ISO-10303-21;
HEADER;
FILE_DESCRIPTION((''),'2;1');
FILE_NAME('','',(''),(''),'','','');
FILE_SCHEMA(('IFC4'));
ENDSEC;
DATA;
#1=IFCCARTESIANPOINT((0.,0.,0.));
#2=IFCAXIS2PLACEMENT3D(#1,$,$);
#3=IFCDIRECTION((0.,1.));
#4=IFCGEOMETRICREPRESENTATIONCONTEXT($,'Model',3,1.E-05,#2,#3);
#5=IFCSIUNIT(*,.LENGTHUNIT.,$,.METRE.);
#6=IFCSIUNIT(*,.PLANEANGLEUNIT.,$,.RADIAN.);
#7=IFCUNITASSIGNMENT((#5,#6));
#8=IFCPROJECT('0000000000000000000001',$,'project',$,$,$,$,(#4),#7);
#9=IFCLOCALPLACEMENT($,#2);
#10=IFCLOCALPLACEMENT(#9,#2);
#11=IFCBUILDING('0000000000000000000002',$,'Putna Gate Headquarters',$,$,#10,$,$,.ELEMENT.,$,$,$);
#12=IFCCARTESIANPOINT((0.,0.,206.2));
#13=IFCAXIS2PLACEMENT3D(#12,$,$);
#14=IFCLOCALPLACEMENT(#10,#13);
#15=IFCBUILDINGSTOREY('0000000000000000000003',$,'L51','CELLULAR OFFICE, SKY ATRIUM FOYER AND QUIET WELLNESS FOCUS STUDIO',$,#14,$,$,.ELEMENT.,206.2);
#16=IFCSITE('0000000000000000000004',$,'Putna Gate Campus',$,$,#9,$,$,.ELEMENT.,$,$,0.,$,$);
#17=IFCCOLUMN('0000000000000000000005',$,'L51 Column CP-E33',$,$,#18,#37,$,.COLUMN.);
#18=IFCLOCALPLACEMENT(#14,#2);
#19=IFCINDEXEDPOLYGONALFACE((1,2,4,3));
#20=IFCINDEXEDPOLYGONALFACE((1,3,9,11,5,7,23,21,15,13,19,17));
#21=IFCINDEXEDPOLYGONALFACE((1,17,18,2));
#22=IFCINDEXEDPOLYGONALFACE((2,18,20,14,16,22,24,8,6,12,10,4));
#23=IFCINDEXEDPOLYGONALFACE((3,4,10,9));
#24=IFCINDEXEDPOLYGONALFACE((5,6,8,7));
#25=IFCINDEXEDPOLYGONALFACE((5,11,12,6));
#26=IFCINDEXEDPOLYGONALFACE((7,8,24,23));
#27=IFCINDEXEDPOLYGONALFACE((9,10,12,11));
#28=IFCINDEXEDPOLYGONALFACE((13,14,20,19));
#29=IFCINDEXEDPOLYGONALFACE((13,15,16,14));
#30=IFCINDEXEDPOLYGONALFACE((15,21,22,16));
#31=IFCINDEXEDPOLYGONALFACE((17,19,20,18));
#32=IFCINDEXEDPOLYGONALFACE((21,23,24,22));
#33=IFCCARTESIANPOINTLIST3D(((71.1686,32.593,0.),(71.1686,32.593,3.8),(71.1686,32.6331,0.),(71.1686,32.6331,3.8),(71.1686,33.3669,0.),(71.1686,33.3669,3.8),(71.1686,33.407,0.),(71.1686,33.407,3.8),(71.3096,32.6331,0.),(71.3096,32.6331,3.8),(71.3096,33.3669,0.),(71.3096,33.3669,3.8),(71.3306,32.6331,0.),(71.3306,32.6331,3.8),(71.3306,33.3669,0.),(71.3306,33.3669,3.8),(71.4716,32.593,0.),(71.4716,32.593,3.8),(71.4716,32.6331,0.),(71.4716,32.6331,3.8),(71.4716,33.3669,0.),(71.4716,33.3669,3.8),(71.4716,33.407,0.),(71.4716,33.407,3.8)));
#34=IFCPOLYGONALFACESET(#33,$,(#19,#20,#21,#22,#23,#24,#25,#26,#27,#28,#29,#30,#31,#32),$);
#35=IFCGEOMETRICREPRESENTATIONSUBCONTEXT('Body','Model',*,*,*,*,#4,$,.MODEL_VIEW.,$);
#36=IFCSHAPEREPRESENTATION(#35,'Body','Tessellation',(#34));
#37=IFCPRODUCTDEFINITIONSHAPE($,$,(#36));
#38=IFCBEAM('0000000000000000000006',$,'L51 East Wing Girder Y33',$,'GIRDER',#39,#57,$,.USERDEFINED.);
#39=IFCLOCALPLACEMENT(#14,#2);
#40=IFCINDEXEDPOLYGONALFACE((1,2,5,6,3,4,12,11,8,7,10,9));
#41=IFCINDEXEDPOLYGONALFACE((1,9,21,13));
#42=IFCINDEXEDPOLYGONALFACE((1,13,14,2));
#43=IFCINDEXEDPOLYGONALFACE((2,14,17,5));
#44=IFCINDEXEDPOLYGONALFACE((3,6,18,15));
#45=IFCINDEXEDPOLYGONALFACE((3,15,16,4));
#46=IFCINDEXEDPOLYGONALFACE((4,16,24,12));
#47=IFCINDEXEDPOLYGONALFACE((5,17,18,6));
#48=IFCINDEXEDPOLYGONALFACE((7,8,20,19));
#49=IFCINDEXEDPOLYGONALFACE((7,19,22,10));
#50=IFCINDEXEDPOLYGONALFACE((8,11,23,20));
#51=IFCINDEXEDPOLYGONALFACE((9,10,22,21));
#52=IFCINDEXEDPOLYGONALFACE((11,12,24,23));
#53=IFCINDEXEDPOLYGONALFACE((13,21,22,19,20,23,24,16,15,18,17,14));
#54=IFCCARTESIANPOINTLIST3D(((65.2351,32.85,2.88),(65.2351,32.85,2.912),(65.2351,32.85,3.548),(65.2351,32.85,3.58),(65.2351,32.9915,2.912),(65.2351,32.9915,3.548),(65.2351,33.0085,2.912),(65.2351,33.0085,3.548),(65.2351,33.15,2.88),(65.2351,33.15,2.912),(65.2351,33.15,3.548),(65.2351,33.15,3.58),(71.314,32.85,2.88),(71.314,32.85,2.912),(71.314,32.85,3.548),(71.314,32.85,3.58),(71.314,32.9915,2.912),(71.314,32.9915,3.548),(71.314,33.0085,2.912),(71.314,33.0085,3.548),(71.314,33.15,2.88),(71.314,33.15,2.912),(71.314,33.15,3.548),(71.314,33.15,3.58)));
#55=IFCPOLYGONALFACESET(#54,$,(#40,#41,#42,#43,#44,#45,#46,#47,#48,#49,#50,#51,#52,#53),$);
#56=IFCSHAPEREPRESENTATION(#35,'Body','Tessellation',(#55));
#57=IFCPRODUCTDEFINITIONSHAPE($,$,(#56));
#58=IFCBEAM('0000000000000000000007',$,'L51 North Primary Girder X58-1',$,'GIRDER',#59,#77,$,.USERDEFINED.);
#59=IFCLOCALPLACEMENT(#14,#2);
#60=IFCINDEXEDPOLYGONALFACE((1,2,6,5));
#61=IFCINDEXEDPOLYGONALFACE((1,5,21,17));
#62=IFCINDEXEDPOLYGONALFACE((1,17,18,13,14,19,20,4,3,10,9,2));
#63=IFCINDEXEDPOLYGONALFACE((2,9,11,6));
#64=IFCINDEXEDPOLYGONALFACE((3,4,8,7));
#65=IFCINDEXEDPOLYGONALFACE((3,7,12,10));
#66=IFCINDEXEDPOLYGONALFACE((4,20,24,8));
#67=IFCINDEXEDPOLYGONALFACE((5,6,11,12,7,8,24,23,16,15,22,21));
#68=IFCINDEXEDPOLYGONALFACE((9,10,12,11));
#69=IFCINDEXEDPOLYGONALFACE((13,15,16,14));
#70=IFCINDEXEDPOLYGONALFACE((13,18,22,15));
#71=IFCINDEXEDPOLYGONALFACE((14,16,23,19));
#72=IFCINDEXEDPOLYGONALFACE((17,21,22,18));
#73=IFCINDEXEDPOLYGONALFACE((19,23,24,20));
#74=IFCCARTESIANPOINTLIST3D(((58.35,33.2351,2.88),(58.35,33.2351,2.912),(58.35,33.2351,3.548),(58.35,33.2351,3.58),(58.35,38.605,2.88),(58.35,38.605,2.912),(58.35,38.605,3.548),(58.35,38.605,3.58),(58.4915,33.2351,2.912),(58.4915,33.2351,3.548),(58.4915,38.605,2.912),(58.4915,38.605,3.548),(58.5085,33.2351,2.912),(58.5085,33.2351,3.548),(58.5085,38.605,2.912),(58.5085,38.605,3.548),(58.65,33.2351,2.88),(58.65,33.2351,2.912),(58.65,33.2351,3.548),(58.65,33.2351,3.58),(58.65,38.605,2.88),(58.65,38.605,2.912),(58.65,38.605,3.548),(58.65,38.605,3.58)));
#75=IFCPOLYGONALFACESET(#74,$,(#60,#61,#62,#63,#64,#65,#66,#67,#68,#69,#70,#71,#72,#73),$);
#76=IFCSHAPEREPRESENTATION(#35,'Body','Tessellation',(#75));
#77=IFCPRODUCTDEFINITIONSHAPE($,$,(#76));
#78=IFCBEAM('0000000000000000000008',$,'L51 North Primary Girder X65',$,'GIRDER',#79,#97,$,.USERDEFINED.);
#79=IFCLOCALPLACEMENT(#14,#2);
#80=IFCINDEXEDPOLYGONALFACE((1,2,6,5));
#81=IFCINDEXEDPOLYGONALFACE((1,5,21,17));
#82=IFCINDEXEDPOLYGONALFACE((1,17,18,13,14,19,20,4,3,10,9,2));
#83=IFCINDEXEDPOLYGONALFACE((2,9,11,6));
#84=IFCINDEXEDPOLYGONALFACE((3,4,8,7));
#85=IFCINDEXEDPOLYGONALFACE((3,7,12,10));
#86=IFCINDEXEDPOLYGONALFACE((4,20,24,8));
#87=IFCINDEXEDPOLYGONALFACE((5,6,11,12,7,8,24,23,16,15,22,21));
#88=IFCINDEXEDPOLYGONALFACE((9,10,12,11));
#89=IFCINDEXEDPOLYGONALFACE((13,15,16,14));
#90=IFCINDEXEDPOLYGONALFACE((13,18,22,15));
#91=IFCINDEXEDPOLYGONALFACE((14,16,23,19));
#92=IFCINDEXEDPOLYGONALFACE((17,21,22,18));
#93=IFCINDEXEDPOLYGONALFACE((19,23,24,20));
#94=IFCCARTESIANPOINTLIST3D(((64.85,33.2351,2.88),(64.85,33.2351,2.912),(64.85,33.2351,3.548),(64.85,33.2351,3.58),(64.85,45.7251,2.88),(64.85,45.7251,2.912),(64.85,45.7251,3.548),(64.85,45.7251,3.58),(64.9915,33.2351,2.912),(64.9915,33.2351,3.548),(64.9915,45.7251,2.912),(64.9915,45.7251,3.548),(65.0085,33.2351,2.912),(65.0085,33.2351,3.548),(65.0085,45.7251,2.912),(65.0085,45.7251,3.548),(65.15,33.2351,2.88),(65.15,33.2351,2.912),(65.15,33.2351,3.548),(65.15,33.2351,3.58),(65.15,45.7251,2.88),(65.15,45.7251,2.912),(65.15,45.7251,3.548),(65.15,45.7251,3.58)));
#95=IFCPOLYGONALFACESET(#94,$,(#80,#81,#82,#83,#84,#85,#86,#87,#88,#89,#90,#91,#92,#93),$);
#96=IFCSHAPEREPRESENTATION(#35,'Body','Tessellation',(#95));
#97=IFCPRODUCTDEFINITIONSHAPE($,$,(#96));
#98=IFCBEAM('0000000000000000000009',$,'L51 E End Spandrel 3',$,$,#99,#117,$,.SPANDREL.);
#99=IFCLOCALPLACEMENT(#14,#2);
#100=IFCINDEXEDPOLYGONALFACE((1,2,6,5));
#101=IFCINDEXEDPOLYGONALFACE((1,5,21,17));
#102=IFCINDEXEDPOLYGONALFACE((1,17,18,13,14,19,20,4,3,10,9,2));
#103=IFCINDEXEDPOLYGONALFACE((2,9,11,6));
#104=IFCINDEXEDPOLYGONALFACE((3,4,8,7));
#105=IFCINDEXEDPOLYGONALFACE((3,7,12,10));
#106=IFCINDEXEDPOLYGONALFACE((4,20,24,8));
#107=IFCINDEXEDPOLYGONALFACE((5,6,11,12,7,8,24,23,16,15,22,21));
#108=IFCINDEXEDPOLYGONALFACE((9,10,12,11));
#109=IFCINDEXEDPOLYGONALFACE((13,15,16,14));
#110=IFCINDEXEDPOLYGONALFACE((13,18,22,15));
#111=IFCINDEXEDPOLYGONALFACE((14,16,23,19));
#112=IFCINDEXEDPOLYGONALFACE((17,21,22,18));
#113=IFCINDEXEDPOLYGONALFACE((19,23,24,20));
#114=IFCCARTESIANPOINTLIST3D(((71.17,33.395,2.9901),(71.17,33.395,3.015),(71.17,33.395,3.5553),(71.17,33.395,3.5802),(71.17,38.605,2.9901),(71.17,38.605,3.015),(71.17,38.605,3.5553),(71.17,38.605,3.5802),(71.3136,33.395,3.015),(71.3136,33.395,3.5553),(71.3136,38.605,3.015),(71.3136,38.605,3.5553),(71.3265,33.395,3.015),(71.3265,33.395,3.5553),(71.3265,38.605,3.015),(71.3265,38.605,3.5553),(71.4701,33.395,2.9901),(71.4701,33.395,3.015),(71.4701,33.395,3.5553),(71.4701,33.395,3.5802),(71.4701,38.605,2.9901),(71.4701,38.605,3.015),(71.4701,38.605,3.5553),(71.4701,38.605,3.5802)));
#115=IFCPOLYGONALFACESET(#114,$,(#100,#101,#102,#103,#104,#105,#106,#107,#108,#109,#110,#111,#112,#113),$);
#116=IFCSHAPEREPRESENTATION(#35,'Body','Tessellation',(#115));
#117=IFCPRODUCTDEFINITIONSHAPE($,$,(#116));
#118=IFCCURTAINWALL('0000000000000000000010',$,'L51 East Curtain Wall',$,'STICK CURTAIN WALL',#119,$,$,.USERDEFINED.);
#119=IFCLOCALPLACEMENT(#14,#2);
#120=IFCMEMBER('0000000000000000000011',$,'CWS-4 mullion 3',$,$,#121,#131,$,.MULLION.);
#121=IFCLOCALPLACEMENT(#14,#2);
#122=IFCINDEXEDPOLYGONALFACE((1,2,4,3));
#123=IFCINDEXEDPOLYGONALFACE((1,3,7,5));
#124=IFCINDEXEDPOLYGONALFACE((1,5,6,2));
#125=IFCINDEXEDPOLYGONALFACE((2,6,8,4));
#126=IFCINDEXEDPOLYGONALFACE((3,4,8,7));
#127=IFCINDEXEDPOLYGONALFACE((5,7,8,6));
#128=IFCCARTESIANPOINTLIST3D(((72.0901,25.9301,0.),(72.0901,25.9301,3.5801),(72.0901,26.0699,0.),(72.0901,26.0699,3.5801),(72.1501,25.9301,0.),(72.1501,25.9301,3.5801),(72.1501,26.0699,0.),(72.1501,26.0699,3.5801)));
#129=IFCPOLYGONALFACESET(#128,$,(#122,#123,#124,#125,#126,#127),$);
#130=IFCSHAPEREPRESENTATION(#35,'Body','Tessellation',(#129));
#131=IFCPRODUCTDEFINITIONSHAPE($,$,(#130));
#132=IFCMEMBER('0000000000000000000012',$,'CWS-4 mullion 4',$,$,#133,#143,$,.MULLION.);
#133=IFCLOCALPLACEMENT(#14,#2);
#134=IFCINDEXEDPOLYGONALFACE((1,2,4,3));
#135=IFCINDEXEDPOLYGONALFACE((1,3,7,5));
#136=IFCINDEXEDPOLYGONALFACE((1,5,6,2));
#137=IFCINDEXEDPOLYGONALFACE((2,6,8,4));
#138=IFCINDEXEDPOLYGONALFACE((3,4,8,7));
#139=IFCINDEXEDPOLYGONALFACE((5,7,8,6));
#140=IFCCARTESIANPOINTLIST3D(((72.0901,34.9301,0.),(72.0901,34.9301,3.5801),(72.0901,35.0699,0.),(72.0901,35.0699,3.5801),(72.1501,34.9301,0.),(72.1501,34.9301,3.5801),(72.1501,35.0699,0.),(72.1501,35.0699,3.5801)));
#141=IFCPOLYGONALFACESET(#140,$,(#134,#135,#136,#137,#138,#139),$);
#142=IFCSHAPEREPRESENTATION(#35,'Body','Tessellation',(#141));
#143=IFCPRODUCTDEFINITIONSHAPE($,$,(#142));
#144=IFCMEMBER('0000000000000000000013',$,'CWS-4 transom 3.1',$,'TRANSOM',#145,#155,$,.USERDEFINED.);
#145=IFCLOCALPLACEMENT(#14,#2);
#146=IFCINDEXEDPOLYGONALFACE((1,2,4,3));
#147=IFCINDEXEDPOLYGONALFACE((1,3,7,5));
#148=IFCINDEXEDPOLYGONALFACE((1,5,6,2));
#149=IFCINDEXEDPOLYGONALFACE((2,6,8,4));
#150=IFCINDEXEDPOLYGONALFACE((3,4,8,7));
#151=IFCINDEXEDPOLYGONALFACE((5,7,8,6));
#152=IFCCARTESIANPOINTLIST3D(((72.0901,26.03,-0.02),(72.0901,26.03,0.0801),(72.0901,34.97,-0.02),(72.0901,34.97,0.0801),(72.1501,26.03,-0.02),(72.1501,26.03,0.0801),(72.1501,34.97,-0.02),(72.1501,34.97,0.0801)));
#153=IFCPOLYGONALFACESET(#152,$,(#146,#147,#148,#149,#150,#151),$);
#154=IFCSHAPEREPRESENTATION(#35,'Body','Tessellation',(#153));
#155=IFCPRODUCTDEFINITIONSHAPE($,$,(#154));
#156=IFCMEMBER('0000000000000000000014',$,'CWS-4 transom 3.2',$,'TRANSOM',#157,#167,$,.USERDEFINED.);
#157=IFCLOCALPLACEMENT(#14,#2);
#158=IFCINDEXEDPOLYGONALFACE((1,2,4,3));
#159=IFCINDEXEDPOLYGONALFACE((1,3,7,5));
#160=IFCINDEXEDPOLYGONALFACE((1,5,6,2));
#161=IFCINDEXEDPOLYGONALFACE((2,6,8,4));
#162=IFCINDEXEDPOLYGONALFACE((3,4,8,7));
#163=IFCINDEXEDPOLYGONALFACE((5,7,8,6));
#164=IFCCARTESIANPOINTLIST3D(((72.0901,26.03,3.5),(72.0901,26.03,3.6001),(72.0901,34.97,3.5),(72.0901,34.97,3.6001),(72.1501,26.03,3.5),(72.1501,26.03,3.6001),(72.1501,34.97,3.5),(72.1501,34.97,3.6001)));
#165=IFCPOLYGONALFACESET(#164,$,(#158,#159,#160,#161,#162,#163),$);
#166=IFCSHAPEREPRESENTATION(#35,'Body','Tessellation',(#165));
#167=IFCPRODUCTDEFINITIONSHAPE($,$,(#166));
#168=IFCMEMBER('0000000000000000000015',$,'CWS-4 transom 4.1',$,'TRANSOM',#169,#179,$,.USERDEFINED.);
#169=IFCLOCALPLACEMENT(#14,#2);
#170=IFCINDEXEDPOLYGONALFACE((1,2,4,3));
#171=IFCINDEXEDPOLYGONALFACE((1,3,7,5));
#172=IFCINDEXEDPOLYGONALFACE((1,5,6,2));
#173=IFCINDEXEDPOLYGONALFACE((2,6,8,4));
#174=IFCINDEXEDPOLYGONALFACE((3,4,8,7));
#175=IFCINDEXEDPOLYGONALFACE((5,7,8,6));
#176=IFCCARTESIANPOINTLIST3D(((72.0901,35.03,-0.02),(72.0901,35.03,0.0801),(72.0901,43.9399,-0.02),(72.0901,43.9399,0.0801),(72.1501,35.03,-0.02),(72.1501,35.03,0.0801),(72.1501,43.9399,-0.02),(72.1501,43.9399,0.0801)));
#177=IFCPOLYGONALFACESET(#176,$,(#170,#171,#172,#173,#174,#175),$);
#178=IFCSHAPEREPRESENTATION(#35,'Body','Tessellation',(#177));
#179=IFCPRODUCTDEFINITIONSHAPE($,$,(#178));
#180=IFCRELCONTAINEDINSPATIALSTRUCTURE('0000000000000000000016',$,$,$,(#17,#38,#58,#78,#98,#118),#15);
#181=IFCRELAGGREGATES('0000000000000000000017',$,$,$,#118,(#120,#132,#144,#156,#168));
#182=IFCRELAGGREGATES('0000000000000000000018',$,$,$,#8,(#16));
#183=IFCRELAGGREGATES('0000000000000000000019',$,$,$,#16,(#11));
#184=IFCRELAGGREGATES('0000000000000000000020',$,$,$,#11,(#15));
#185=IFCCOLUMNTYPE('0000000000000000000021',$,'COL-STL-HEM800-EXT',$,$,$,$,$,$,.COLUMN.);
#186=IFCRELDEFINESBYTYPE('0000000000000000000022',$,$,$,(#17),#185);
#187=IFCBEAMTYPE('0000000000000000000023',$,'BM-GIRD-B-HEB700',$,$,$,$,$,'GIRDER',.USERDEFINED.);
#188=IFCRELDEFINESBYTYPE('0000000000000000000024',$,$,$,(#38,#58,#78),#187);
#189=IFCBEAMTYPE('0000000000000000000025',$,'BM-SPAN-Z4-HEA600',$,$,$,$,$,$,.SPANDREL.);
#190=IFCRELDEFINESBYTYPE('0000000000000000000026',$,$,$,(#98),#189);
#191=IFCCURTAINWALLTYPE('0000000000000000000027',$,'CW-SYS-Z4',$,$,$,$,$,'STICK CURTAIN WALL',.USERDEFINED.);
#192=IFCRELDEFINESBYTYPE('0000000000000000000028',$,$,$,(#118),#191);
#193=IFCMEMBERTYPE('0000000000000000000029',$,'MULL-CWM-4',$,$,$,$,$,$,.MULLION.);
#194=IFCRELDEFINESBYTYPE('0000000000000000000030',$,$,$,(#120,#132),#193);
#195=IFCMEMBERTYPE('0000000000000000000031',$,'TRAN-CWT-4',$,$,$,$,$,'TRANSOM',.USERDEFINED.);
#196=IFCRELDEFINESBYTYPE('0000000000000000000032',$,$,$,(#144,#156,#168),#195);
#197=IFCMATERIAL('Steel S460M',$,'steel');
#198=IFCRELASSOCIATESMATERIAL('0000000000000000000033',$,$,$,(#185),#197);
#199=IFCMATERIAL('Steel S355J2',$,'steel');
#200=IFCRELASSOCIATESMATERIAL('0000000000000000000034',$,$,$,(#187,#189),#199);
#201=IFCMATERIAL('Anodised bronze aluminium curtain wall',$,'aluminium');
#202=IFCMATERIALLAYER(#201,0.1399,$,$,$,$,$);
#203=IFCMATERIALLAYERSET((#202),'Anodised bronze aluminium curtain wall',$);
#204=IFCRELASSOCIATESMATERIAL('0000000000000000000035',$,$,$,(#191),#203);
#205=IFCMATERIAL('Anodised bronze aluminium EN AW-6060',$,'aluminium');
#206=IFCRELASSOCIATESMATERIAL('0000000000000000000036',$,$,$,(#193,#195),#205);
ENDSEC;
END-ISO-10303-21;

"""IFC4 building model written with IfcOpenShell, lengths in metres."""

from ifc_helpers import new_model, si_unit, direction, frame, origin, origin_2d, place, context, subcontext, project, spatial, rectangle, i_section, extrude, material, layer, layer_set, material_profile, profile_set, type_object, element, aggregate, save


model = new_model("IFC4")

# Units and contexts
model_context = context("Model", 3, precision=1e-05, world=origin(), true_north=direction((0.0, 1.0)))
body_context = subcontext(model_context, "Body", "Model", "MODEL_VIEW")
ifc_project = project(units=[si_unit("LENGTHUNIT", "METRE"), si_unit("PLANEANGLEUNIT", "RADIAN")], contexts=[model_context])

# Site, building, storey
site_placement = place(None, origin())
site = spatial("IfcSite", under=ifc_project, at=site_placement, Name="Putna Gate Campus", CompositionType="ELEMENT", RefElevation=0.0)
building_placement = place(site_placement, origin())
building = spatial("IfcBuilding", under=site, at=building_placement, Name="Putna Gate Headquarters", CompositionType="ELEMENT")
storey_placement = place(building_placement, frame((0.0, 0.0, 206.2)))
storey = spatial("IfcBuildingStorey", under=building, at=storey_placement, Name="L51", Description="CELLULAR OFFICE, SKY ATRIUM FOYER AND QUIET WELLNESS FOCUS STUDIO", CompositionType="ELEMENT", Elevation=206.2)

# Column
ifc_material_1 = material(Name="Steel S460M", Category="steel")
ifc_material_profile_1 = material_profile(ifc_material_1, i_section(OverallWidth=0.303, OverallDepth=0.814, WebThickness=0.021, FlangeThickness=0.04, at=origin_2d()), Name="Steel S460M")
ifc_profile_set_1 = profile_set([ifc_material_profile_1], Name="Steel S460M")
column_type = type_object("IfcColumnType", Name="COL-STL-HEM800-EXT", PredefinedType="COLUMN", material=ifc_profile_set_1)
column_placement = place(storey_placement, frame((71.3201, 33.0, 0.0), z_axis=(0.0, 0.0, 1.0), x_axis=(1.0, 0.0, 0.0)))
element("IfcColumn", 1, at=column_placement, inside=storey, type_object=column_type, Name="L51 Column CP-E33", PredefinedType="COLUMN", context=body_context, shape_type="SweptSolid", body=[
    extrude(i_section(OverallWidth=0.303, OverallDepth=0.814, WebThickness=0.021, FlangeThickness=0.04, at=origin_2d()), origin(), (0.0, 0.0, 1.0), 3.8),
])

# Beams
ifc_material_2 = material(Name="Steel S355J2", Category="steel")
ifc_material_profile_2 = material_profile(ifc_material_2, i_section(OverallWidth=0.3, OverallDepth=0.7, WebThickness=0.0171, FlangeThickness=0.032, at=origin_2d()), Name="Steel S355J2")
ifc_profile_set_2 = profile_set([ifc_material_profile_2], Name="Steel S355J2")
beam_type_1 = type_object("IfcBeamType", Name="BM-GIRD-B-HEB700", ElementType="GIRDER", PredefinedType="USERDEFINED", material=ifc_profile_set_2)
beam_1_placement = place(storey_placement, frame((65.2351, 33.0, 3.23), z_axis=(1.0, 0.0, 0.0), x_axis=(0.0, 1.0, 0.0)))
element("IfcBeam", 2, at=beam_1_placement, inside=storey, type_object=beam_type_1, Name="L51 East Wing Girder Y33", ObjectType="GIRDER", PredefinedType="USERDEFINED", context=body_context, shape_type="SweptSolid", body=[
    extrude(i_section(OverallWidth=0.3, OverallDepth=0.7, WebThickness=0.0171, FlangeThickness=0.032, at=origin_2d()), origin(), (0.0, 0.0, 1.0), 6.0789),
])
beam_2_placement = place(storey_placement, frame((58.5, 33.2351, 3.23), z_axis=(0.0, 1.0, 0.0), x_axis=(-1.0, 0.0, 0.0)))
element("IfcBeam", 3, at=beam_2_placement, inside=storey, type_object=beam_type_1, Name="L51 North Primary Girder X58-1", ObjectType="GIRDER", PredefinedType="USERDEFINED", context=body_context, shape_type="SweptSolid", body=[
    extrude(i_section(OverallWidth=0.3, OverallDepth=0.7, WebThickness=0.0171, FlangeThickness=0.032, at=origin_2d()), origin(), (0.0, 0.0, 1.0), 5.3699),
])
beam_3_placement = place(storey_placement, frame((65.0, 33.2351, 3.23), z_axis=(0.0, 1.0, 0.0), x_axis=(-1.0, 0.0, 0.0)))
element("IfcBeam", 4, at=beam_3_placement, inside=storey, type_object=beam_type_1, Name="L51 North Primary Girder X65", ObjectType="GIRDER", PredefinedType="USERDEFINED", context=body_context, shape_type="SweptSolid", body=[
    extrude(i_section(OverallWidth=0.3, OverallDepth=0.7, WebThickness=0.0171, FlangeThickness=0.032, at=origin_2d()), origin(), (0.0, 0.0, 1.0), 12.49),
])
ifc_material_profile_3 = material_profile(ifc_material_2, i_section(OverallWidth=0.3, OverallDepth=0.5901, WebThickness=0.0129, FlangeThickness=0.0249, at=origin_2d()), Name="Steel S355J2")
ifc_profile_set_3 = profile_set([ifc_material_profile_3], Name="Steel S355J2")
beam_type_2 = type_object("IfcBeamType", Name="BM-SPAN-Z4-HEA600", PredefinedType="SPANDREL", material=ifc_profile_set_3)
beam_4_placement = place(storey_placement, frame((71.3201, 33.395, 3.2852), z_axis=(0.0, 1.0, 0.0), x_axis=(-1.0, 0.0, 0.0)))
element("IfcBeam", 5, at=beam_4_placement, inside=storey, type_object=beam_type_2, Name="L51 E End Spandrel 3", PredefinedType="SPANDREL", context=body_context, shape_type="SweptSolid", body=[
    extrude(i_section(OverallWidth=0.3, OverallDepth=0.5901, WebThickness=0.0129, FlangeThickness=0.0249, at=origin_2d()), origin(), (0.0, 0.0, 1.0), 5.21),
])

# Curtain wall, members
ifc_material_3 = material(Name="Anodised bronze aluminium curtain wall", Category="aluminium")
ifc_layer_1 = layer(ifc_material_3, 0.1399)
ifc_layer_set_1 = layer_set([ifc_layer_1], Name="Anodised bronze aluminium curtain wall")
curtain_wall_type = type_object("IfcCurtainWallType", Name="CW-SYS-Z4", ElementType="STICK CURTAIN WALL", PredefinedType="USERDEFINED", material=ifc_layer_set_1)
curtain_wall_placement = place(storey_placement, origin())
curtain_wall = element("IfcCurtainWall", 6, at=curtain_wall_placement, inside=storey, type_object=curtain_wall_type, Name="L51 East Curtain Wall", ObjectType="STICK CURTAIN WALL", PredefinedType="USERDEFINED")
ifc_material_4 = material(Name="Anodised bronze aluminium EN AW-6060", Category="aluminium")
ifc_material_profile_4 = material_profile(ifc_material_4, rectangle(XDim=0.0601, YDim=0.1399, at=origin_2d()), Name="Anodised bronze aluminium EN AW-6060")
ifc_profile_set_4 = profile_set([ifc_material_profile_4], Name="Anodised bronze aluminium EN AW-6060")
member_type_1 = type_object("IfcMemberType", Name="MULL-CWM-4", PredefinedType="MULLION", material=ifc_profile_set_4)
member_1_placement = place(storey_placement, frame((72.1201, 26.0, 0.0), z_axis=(0.0, 0.0, 1.0), x_axis=(-1.0, 0.0, 0.0)))
member_1 = element("IfcMember", 7, at=member_1_placement, type_object=member_type_1, Name="CWS-4 mullion 3", PredefinedType="MULLION", context=body_context, shape_type="SweptSolid", body=[
    extrude(rectangle(XDim=0.0601, YDim=0.1399, at=origin_2d()), origin(), (0.0, 0.0, 1.0), 3.5801),
])
member_2_placement = place(storey_placement, frame((72.1201, 35.0, 0.0), z_axis=(0.0, 0.0, 1.0), x_axis=(-1.0, 0.0, 0.0)))
member_2 = element("IfcMember", 8, at=member_2_placement, type_object=member_type_1, Name="CWS-4 mullion 4", PredefinedType="MULLION", context=body_context, shape_type="SweptSolid", body=[
    extrude(rectangle(XDim=0.0601, YDim=0.1399, at=origin_2d()), origin(), (0.0, 0.0, 1.0), 3.5801),
])
ifc_material_profile_5 = material_profile(ifc_material_4, rectangle(XDim=0.0601, YDim=0.1001, at=origin_2d()), Name="Anodised bronze aluminium EN AW-6060")
ifc_profile_set_5 = profile_set([ifc_material_profile_5], Name="Anodised bronze aluminium EN AW-6060")
member_type_2 = type_object("IfcMemberType", Name="TRAN-CWT-4", ElementType="TRANSOM", PredefinedType="USERDEFINED", material=ifc_profile_set_5)
member_3_placement = place(storey_placement, frame((72.1201, 26.03, 0.03), z_axis=(0.0, 1.0, 0.0), x_axis=(-1.0, 0.0, 0.0)))
member_3 = element("IfcMember", 9, at=member_3_placement, type_object=member_type_2, Name="CWS-4 transom 3.1", ObjectType="TRANSOM", PredefinedType="USERDEFINED", context=body_context, shape_type="SweptSolid", body=[
    extrude(rectangle(XDim=0.0601, YDim=0.1001, at=origin_2d()), origin(), (0.0, 0.0, 1.0), 8.9399),
])
member_4_placement = place(storey_placement, frame((72.1201, 26.03, 3.55), z_axis=(0.0, 1.0, 0.0), x_axis=(-1.0, 0.0, 0.0)))
member_4 = element("IfcMember", 10, at=member_4_placement, type_object=member_type_2, Name="CWS-4 transom 3.2", ObjectType="TRANSOM", PredefinedType="USERDEFINED", context=body_context, shape_type="SweptSolid", body=[
    extrude(rectangle(XDim=0.0601, YDim=0.1001, at=origin_2d()), origin(), (0.0, 0.0, 1.0), 8.9399),
])
member_5_placement = place(storey_placement, frame((72.1201, 35.03, 0.03), z_axis=(0.0, 1.0, 0.0), x_axis=(-1.0, 0.0, 0.0)))
member_5 = element("IfcMember", 11, at=member_5_placement, type_object=member_type_2, Name="CWS-4 transom 4.1", ObjectType="TRANSOM", PredefinedType="USERDEFINED", context=body_context, shape_type="SweptSolid", body=[
    extrude(rectangle(XDim=0.0601, YDim=0.1001, at=origin_2d()), origin(), (0.0, 0.0, 1.0), 8.9099),
])
aggregate(curtain_wall, [member_1, member_2, member_3, member_4, member_5])

save(model, "model.ifc")
